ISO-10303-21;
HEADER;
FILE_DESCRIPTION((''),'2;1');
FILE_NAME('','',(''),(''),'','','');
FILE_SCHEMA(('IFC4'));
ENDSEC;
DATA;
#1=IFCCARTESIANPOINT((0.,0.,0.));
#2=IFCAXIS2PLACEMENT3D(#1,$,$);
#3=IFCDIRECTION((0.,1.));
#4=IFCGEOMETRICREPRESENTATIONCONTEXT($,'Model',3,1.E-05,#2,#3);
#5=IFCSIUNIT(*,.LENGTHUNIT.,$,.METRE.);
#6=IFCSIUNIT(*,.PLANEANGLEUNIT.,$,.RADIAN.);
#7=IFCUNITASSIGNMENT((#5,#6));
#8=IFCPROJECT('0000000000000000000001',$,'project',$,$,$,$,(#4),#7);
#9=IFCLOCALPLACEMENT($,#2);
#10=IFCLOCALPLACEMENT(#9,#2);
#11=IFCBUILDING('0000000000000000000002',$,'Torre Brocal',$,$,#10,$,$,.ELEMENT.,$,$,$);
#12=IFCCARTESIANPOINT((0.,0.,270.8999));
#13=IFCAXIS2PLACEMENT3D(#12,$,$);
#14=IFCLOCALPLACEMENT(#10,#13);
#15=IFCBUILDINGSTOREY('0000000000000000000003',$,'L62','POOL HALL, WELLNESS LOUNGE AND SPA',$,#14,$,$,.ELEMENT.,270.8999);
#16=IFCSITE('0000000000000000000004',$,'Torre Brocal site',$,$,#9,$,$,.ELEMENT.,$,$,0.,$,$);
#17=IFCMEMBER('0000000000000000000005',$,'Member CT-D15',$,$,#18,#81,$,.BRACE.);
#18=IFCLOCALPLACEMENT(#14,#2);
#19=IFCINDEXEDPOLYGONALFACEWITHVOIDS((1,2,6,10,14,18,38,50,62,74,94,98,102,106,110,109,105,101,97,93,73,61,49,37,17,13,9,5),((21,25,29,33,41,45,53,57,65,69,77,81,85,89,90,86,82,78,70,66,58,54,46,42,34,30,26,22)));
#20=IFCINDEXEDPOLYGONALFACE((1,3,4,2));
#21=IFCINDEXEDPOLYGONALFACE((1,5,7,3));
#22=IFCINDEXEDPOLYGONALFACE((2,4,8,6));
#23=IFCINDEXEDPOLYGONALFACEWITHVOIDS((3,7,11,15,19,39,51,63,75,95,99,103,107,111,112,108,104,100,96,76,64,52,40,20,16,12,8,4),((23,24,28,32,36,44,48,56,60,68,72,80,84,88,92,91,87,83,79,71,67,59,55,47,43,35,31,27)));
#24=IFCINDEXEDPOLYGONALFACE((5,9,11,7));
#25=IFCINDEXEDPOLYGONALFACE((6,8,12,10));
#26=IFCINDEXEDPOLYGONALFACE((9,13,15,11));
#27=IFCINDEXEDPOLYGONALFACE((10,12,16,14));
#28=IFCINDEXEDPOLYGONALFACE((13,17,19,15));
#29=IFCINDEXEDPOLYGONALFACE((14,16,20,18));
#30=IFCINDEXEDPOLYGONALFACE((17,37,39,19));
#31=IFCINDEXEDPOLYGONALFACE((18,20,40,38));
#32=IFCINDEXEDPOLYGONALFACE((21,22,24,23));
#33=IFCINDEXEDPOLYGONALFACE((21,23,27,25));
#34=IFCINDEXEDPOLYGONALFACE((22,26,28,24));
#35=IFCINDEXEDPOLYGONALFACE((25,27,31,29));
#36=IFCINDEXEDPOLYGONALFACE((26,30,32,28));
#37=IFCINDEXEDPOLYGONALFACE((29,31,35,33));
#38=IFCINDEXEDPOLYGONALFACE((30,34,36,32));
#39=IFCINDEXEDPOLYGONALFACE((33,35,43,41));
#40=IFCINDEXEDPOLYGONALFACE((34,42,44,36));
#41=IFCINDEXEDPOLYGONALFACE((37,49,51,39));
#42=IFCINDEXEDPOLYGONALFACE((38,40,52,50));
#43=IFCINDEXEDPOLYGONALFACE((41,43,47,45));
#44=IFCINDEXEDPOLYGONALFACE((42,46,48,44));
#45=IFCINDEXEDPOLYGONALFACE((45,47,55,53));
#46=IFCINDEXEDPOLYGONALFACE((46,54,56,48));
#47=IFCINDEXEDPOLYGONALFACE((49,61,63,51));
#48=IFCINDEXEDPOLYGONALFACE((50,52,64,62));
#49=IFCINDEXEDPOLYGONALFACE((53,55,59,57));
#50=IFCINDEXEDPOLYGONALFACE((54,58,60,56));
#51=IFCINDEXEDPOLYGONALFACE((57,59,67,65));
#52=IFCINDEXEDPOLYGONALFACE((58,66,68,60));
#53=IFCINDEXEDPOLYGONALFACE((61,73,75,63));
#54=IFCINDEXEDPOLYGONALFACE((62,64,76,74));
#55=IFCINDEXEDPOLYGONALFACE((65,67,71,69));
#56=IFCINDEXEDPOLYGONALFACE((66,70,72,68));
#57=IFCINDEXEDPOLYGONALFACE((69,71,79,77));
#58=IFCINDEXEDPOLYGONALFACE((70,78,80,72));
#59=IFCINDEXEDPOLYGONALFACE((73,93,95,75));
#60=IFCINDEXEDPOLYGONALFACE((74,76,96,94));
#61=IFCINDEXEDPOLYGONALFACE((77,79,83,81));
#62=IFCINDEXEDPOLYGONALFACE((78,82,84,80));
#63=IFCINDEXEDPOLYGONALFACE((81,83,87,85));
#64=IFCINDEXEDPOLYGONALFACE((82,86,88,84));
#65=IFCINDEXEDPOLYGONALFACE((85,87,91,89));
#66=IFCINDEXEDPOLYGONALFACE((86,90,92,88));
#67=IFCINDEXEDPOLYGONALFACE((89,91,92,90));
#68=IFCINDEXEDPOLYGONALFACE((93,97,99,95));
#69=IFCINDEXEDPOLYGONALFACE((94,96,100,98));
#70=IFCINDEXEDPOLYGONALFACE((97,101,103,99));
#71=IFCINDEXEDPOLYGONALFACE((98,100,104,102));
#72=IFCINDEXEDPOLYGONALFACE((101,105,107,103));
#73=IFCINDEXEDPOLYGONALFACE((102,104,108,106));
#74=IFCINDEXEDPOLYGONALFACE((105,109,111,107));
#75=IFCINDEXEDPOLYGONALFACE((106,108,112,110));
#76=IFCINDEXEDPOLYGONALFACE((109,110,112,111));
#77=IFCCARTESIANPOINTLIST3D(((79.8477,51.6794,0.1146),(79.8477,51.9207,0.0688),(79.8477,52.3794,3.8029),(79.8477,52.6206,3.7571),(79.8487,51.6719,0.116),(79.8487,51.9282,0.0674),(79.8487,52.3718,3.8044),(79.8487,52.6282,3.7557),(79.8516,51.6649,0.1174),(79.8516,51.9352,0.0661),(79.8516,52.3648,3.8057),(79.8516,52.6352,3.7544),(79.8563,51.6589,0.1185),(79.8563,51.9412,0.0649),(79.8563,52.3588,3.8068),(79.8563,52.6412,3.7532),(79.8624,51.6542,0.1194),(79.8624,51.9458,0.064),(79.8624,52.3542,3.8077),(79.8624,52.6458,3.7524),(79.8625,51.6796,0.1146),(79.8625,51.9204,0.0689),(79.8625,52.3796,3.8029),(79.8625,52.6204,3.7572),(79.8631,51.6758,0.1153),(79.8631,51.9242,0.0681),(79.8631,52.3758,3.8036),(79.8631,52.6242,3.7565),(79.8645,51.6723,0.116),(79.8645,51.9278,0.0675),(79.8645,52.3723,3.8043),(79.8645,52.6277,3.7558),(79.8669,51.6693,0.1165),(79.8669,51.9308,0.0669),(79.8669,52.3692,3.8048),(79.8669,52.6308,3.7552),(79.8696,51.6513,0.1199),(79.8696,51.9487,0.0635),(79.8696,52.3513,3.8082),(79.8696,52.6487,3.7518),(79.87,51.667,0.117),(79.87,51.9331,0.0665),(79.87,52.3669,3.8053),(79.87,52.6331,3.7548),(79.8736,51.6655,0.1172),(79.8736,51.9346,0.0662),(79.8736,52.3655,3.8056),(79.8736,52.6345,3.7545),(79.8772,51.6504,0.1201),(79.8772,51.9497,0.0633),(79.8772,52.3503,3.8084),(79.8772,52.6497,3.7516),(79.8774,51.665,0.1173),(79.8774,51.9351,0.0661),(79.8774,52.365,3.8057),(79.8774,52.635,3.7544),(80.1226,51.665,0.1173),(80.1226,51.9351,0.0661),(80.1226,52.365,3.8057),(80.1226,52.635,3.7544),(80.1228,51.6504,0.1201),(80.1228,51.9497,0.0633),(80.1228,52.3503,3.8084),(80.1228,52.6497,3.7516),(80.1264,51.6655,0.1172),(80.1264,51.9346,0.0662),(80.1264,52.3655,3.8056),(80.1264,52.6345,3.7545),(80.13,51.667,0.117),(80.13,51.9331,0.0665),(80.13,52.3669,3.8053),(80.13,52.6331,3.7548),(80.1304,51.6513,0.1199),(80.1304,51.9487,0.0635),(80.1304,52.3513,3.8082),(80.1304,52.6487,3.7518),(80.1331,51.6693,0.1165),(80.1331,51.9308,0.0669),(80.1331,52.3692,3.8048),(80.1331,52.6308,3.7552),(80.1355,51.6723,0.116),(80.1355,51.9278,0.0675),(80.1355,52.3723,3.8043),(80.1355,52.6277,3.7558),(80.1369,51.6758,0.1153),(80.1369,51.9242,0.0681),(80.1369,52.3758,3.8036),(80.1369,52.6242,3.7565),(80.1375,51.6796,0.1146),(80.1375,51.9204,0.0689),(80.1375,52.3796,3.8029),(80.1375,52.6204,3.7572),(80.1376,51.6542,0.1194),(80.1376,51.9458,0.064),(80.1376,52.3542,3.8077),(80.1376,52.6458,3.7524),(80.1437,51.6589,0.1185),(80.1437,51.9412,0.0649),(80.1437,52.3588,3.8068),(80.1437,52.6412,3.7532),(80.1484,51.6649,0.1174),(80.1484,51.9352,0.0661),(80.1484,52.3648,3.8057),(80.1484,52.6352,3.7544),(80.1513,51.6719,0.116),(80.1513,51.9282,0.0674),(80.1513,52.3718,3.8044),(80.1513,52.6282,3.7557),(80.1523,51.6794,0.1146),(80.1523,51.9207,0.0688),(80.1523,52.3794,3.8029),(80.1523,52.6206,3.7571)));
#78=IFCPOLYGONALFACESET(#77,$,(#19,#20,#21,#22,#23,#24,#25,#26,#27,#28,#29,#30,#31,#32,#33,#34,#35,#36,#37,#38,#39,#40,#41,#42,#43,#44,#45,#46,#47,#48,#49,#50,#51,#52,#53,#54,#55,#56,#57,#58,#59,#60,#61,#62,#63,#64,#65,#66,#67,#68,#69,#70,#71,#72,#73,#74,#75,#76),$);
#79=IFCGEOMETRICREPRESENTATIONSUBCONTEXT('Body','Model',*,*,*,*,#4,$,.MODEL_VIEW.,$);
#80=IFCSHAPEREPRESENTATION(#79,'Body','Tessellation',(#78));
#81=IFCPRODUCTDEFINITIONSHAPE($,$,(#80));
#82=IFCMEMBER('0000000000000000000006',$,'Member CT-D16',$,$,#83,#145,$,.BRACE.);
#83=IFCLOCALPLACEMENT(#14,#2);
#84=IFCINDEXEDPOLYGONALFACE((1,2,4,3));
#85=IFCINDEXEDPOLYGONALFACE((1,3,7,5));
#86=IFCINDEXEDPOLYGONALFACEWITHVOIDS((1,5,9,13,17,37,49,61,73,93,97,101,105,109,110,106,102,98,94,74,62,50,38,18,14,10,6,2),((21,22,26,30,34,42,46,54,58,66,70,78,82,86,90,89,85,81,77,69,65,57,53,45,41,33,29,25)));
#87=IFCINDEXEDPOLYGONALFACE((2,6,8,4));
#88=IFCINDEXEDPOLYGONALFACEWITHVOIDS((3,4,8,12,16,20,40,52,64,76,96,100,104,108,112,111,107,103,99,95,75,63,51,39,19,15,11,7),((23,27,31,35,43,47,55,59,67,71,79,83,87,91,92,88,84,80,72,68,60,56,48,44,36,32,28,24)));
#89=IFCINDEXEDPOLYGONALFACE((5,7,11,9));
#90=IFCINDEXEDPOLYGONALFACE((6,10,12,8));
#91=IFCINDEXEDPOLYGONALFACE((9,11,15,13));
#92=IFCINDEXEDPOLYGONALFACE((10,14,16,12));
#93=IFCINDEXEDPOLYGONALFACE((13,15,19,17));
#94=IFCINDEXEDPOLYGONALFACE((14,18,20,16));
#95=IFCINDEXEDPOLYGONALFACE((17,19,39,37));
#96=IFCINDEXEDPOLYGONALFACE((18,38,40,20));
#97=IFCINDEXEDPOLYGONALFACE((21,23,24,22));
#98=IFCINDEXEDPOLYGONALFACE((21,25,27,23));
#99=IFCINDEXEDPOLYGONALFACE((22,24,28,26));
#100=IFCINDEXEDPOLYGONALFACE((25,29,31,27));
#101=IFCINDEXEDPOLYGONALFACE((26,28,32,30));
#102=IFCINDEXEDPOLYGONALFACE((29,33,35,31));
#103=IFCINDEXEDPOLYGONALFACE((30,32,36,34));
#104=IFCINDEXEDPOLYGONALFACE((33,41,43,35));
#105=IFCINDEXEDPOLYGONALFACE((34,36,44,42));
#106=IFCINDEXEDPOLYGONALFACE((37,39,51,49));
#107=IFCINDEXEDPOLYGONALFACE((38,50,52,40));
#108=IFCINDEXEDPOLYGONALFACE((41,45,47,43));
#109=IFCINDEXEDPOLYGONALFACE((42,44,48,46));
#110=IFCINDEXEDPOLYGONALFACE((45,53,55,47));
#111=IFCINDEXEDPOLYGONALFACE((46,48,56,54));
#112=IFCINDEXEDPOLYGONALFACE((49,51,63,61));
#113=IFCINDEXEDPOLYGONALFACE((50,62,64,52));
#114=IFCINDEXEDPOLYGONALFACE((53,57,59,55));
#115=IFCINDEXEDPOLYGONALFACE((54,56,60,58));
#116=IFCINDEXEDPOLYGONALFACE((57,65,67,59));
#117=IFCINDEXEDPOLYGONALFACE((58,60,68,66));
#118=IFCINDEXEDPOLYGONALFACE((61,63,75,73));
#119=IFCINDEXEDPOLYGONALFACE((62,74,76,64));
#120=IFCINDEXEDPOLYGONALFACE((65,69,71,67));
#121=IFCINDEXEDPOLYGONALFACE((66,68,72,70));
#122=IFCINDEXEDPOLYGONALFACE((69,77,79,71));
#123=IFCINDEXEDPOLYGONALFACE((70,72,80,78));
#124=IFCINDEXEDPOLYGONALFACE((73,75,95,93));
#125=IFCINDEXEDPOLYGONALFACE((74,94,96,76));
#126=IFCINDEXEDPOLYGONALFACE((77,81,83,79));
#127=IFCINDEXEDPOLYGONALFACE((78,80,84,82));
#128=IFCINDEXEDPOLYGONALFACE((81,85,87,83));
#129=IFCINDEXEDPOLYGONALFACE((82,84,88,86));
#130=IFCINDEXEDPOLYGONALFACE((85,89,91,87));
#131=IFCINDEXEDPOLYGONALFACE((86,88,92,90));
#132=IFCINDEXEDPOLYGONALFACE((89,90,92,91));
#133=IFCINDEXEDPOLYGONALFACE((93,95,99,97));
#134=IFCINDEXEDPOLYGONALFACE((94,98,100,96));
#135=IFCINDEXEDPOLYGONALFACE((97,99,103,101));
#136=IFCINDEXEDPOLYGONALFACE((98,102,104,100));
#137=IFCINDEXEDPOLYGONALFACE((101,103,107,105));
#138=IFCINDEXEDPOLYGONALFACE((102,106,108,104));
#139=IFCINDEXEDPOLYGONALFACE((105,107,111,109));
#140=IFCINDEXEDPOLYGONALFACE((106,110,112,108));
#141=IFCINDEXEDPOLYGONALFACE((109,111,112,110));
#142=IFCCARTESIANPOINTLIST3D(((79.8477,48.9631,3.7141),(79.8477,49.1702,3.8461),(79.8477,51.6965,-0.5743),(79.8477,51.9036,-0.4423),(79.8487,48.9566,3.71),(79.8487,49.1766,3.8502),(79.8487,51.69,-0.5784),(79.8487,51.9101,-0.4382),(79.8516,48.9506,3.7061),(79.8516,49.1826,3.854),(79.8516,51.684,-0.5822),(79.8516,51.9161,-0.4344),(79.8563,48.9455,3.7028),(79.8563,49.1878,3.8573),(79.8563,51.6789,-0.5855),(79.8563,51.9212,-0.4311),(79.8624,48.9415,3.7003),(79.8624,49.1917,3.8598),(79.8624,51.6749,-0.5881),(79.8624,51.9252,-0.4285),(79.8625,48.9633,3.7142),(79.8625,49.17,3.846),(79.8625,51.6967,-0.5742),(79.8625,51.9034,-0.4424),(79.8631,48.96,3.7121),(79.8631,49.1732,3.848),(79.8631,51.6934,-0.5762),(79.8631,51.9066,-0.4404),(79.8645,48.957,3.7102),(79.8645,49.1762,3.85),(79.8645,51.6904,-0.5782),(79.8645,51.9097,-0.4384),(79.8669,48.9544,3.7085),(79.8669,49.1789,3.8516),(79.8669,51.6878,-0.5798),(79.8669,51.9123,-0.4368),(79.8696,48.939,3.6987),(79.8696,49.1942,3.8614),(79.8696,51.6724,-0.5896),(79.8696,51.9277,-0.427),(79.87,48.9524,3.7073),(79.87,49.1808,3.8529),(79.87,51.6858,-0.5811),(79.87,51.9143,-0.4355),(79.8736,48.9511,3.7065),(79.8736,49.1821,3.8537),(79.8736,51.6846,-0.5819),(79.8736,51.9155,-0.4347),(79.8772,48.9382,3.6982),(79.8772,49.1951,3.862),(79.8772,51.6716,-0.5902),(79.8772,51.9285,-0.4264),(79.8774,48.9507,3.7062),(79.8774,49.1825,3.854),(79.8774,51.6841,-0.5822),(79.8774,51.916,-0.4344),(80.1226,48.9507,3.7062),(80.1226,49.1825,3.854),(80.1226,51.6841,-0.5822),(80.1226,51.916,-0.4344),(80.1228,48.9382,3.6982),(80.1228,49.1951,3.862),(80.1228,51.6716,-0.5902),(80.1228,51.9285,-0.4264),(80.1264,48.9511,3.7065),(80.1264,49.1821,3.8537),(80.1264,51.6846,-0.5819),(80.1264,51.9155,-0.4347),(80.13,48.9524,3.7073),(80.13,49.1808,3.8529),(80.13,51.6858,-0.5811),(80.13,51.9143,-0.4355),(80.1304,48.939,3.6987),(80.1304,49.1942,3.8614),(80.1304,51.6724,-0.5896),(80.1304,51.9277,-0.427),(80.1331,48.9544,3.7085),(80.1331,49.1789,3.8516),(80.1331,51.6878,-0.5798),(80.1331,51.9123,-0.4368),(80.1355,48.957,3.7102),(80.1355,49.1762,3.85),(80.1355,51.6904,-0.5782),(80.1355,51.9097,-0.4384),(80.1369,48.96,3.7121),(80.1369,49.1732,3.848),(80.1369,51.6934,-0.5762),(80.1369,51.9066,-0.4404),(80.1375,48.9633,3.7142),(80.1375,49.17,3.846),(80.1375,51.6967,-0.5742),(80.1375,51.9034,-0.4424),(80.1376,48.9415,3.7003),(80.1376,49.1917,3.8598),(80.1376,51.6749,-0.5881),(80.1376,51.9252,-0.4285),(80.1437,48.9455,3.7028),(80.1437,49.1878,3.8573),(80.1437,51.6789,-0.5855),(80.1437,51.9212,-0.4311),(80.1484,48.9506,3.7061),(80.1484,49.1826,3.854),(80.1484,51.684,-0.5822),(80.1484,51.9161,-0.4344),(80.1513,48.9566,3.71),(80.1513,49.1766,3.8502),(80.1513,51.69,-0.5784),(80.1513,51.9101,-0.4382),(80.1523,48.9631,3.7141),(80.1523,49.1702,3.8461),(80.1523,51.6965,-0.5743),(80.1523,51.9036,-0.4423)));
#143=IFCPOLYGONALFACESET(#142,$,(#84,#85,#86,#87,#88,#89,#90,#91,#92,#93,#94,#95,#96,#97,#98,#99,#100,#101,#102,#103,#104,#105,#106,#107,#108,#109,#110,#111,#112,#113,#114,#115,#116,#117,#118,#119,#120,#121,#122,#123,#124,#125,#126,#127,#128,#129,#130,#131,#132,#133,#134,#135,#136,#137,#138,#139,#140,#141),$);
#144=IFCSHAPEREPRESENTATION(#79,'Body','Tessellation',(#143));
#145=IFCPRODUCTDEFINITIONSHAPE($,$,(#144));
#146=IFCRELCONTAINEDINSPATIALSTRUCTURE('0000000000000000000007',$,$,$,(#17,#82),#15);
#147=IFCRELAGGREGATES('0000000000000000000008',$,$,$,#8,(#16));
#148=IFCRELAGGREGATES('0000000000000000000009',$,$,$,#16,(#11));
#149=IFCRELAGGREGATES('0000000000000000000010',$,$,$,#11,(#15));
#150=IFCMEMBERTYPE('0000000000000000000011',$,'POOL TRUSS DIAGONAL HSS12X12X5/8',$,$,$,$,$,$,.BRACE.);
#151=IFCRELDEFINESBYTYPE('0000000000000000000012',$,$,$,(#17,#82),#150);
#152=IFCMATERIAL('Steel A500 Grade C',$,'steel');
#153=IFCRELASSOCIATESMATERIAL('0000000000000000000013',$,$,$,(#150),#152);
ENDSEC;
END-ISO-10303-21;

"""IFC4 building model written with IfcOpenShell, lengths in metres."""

from ifc_helpers import new_model, si_unit, direction, frame, origin, origin_2d, place, context, subcontext, project, spatial, hollow_rectangle, extrude, material, material_profile, profile_set, type_object, element, save


model = new_model("IFC4")

# Units and contexts
model_context = context("Model", 3, precision=1e-05, world=origin(), true_north=direction((0.0, 1.0)))
body_context = subcontext(model_context, "Body", "Model", "MODEL_VIEW")
ifc_project = project(units=[si_unit("LENGTHUNIT", "METRE"), si_unit("PLANEANGLEUNIT", "RADIAN")], contexts=[model_context])

# Site, building, storey
site_placement = place(None, origin())
site = spatial("IfcSite", under=ifc_project, at=site_placement, Name="Torre Brocal site", CompositionType="ELEMENT", RefElevation=0.0)
building_placement = place(site_placement, origin())
building = spatial("IfcBuilding", under=site, at=building_placement, Name="Torre Brocal", CompositionType="ELEMENT")
storey_placement = place(building_placement, frame((0.0, 0.0, 270.8999)))
storey = spatial("IfcBuildingStorey", under=building, at=storey_placement, Name="L62", Description="POOL HALL, WELLNESS LOUNGE AND SPA", CompositionType="ELEMENT", Elevation=270.8999)

# Members
ifc_material_1 = material(Name="Steel A500 Grade C", Category="steel")
ifc_material_profile_1 = material_profile(ifc_material_1, hollow_rectangle(XDim=0.3047, YDim=0.3047, WallThickness=0.0149, InnerFilletRadius=0.0149, OuterFilletRadius=0.0295, at=origin_2d()), Name="HSS12X12X5/8")
ifc_profile_set_1 = profile_set([ifc_material_profile_1], Name="Steel A500 Grade C")
member_type_1 = type_object("IfcMemberType", Name="POOL TRUSS DIAGONAL HSS12X12X5/8", PredefinedType="BRACE", material=ifc_profile_set_1)
member_1_placement = place(storey_placement, frame((80.0, 52.5, 3.78), z_axis=(0.0, -0.186452, -0.982464), x_axis=(1.0, 0.0, 0.0)))
element("IfcMember", 1, at=member_1_placement, inside=storey, type_object=member_type_1, Name="Member CT-D15", PredefinedType="BRACE", context=body_context, shape_type="SweptSolid", body=[
    extrude(hollow_rectangle(XDim=0.3047, YDim=0.3047, WallThickness=0.0149, InnerFilletRadius=0.0149, OuterFilletRadius=0.0295, at=origin_2d()), origin(), (0.0, 0.0, 1.0), 3.7542),
])
member_2_placement = place(storey_placement, frame((80.0, 51.8, -0.5083), z_axis=(0.0, -0.5375, 0.843264), x_axis=(1.0, 0.0, 0.0)))
element("IfcMember", 2, at=member_2_placement, inside=storey, type_object=member_type_1, Name="Member CT-D16", PredefinedType="BRACE", context=body_context, shape_type="SweptSolid", body=[
    extrude(hollow_rectangle(XDim=0.3047, YDim=0.3047, WallThickness=0.0149, InnerFilletRadius=0.0149, OuterFilletRadius=0.0295, at=origin_2d()), origin(), (0.0, 0.0, 1.0), 5.0854),
])

save(model, "model.ifc")
